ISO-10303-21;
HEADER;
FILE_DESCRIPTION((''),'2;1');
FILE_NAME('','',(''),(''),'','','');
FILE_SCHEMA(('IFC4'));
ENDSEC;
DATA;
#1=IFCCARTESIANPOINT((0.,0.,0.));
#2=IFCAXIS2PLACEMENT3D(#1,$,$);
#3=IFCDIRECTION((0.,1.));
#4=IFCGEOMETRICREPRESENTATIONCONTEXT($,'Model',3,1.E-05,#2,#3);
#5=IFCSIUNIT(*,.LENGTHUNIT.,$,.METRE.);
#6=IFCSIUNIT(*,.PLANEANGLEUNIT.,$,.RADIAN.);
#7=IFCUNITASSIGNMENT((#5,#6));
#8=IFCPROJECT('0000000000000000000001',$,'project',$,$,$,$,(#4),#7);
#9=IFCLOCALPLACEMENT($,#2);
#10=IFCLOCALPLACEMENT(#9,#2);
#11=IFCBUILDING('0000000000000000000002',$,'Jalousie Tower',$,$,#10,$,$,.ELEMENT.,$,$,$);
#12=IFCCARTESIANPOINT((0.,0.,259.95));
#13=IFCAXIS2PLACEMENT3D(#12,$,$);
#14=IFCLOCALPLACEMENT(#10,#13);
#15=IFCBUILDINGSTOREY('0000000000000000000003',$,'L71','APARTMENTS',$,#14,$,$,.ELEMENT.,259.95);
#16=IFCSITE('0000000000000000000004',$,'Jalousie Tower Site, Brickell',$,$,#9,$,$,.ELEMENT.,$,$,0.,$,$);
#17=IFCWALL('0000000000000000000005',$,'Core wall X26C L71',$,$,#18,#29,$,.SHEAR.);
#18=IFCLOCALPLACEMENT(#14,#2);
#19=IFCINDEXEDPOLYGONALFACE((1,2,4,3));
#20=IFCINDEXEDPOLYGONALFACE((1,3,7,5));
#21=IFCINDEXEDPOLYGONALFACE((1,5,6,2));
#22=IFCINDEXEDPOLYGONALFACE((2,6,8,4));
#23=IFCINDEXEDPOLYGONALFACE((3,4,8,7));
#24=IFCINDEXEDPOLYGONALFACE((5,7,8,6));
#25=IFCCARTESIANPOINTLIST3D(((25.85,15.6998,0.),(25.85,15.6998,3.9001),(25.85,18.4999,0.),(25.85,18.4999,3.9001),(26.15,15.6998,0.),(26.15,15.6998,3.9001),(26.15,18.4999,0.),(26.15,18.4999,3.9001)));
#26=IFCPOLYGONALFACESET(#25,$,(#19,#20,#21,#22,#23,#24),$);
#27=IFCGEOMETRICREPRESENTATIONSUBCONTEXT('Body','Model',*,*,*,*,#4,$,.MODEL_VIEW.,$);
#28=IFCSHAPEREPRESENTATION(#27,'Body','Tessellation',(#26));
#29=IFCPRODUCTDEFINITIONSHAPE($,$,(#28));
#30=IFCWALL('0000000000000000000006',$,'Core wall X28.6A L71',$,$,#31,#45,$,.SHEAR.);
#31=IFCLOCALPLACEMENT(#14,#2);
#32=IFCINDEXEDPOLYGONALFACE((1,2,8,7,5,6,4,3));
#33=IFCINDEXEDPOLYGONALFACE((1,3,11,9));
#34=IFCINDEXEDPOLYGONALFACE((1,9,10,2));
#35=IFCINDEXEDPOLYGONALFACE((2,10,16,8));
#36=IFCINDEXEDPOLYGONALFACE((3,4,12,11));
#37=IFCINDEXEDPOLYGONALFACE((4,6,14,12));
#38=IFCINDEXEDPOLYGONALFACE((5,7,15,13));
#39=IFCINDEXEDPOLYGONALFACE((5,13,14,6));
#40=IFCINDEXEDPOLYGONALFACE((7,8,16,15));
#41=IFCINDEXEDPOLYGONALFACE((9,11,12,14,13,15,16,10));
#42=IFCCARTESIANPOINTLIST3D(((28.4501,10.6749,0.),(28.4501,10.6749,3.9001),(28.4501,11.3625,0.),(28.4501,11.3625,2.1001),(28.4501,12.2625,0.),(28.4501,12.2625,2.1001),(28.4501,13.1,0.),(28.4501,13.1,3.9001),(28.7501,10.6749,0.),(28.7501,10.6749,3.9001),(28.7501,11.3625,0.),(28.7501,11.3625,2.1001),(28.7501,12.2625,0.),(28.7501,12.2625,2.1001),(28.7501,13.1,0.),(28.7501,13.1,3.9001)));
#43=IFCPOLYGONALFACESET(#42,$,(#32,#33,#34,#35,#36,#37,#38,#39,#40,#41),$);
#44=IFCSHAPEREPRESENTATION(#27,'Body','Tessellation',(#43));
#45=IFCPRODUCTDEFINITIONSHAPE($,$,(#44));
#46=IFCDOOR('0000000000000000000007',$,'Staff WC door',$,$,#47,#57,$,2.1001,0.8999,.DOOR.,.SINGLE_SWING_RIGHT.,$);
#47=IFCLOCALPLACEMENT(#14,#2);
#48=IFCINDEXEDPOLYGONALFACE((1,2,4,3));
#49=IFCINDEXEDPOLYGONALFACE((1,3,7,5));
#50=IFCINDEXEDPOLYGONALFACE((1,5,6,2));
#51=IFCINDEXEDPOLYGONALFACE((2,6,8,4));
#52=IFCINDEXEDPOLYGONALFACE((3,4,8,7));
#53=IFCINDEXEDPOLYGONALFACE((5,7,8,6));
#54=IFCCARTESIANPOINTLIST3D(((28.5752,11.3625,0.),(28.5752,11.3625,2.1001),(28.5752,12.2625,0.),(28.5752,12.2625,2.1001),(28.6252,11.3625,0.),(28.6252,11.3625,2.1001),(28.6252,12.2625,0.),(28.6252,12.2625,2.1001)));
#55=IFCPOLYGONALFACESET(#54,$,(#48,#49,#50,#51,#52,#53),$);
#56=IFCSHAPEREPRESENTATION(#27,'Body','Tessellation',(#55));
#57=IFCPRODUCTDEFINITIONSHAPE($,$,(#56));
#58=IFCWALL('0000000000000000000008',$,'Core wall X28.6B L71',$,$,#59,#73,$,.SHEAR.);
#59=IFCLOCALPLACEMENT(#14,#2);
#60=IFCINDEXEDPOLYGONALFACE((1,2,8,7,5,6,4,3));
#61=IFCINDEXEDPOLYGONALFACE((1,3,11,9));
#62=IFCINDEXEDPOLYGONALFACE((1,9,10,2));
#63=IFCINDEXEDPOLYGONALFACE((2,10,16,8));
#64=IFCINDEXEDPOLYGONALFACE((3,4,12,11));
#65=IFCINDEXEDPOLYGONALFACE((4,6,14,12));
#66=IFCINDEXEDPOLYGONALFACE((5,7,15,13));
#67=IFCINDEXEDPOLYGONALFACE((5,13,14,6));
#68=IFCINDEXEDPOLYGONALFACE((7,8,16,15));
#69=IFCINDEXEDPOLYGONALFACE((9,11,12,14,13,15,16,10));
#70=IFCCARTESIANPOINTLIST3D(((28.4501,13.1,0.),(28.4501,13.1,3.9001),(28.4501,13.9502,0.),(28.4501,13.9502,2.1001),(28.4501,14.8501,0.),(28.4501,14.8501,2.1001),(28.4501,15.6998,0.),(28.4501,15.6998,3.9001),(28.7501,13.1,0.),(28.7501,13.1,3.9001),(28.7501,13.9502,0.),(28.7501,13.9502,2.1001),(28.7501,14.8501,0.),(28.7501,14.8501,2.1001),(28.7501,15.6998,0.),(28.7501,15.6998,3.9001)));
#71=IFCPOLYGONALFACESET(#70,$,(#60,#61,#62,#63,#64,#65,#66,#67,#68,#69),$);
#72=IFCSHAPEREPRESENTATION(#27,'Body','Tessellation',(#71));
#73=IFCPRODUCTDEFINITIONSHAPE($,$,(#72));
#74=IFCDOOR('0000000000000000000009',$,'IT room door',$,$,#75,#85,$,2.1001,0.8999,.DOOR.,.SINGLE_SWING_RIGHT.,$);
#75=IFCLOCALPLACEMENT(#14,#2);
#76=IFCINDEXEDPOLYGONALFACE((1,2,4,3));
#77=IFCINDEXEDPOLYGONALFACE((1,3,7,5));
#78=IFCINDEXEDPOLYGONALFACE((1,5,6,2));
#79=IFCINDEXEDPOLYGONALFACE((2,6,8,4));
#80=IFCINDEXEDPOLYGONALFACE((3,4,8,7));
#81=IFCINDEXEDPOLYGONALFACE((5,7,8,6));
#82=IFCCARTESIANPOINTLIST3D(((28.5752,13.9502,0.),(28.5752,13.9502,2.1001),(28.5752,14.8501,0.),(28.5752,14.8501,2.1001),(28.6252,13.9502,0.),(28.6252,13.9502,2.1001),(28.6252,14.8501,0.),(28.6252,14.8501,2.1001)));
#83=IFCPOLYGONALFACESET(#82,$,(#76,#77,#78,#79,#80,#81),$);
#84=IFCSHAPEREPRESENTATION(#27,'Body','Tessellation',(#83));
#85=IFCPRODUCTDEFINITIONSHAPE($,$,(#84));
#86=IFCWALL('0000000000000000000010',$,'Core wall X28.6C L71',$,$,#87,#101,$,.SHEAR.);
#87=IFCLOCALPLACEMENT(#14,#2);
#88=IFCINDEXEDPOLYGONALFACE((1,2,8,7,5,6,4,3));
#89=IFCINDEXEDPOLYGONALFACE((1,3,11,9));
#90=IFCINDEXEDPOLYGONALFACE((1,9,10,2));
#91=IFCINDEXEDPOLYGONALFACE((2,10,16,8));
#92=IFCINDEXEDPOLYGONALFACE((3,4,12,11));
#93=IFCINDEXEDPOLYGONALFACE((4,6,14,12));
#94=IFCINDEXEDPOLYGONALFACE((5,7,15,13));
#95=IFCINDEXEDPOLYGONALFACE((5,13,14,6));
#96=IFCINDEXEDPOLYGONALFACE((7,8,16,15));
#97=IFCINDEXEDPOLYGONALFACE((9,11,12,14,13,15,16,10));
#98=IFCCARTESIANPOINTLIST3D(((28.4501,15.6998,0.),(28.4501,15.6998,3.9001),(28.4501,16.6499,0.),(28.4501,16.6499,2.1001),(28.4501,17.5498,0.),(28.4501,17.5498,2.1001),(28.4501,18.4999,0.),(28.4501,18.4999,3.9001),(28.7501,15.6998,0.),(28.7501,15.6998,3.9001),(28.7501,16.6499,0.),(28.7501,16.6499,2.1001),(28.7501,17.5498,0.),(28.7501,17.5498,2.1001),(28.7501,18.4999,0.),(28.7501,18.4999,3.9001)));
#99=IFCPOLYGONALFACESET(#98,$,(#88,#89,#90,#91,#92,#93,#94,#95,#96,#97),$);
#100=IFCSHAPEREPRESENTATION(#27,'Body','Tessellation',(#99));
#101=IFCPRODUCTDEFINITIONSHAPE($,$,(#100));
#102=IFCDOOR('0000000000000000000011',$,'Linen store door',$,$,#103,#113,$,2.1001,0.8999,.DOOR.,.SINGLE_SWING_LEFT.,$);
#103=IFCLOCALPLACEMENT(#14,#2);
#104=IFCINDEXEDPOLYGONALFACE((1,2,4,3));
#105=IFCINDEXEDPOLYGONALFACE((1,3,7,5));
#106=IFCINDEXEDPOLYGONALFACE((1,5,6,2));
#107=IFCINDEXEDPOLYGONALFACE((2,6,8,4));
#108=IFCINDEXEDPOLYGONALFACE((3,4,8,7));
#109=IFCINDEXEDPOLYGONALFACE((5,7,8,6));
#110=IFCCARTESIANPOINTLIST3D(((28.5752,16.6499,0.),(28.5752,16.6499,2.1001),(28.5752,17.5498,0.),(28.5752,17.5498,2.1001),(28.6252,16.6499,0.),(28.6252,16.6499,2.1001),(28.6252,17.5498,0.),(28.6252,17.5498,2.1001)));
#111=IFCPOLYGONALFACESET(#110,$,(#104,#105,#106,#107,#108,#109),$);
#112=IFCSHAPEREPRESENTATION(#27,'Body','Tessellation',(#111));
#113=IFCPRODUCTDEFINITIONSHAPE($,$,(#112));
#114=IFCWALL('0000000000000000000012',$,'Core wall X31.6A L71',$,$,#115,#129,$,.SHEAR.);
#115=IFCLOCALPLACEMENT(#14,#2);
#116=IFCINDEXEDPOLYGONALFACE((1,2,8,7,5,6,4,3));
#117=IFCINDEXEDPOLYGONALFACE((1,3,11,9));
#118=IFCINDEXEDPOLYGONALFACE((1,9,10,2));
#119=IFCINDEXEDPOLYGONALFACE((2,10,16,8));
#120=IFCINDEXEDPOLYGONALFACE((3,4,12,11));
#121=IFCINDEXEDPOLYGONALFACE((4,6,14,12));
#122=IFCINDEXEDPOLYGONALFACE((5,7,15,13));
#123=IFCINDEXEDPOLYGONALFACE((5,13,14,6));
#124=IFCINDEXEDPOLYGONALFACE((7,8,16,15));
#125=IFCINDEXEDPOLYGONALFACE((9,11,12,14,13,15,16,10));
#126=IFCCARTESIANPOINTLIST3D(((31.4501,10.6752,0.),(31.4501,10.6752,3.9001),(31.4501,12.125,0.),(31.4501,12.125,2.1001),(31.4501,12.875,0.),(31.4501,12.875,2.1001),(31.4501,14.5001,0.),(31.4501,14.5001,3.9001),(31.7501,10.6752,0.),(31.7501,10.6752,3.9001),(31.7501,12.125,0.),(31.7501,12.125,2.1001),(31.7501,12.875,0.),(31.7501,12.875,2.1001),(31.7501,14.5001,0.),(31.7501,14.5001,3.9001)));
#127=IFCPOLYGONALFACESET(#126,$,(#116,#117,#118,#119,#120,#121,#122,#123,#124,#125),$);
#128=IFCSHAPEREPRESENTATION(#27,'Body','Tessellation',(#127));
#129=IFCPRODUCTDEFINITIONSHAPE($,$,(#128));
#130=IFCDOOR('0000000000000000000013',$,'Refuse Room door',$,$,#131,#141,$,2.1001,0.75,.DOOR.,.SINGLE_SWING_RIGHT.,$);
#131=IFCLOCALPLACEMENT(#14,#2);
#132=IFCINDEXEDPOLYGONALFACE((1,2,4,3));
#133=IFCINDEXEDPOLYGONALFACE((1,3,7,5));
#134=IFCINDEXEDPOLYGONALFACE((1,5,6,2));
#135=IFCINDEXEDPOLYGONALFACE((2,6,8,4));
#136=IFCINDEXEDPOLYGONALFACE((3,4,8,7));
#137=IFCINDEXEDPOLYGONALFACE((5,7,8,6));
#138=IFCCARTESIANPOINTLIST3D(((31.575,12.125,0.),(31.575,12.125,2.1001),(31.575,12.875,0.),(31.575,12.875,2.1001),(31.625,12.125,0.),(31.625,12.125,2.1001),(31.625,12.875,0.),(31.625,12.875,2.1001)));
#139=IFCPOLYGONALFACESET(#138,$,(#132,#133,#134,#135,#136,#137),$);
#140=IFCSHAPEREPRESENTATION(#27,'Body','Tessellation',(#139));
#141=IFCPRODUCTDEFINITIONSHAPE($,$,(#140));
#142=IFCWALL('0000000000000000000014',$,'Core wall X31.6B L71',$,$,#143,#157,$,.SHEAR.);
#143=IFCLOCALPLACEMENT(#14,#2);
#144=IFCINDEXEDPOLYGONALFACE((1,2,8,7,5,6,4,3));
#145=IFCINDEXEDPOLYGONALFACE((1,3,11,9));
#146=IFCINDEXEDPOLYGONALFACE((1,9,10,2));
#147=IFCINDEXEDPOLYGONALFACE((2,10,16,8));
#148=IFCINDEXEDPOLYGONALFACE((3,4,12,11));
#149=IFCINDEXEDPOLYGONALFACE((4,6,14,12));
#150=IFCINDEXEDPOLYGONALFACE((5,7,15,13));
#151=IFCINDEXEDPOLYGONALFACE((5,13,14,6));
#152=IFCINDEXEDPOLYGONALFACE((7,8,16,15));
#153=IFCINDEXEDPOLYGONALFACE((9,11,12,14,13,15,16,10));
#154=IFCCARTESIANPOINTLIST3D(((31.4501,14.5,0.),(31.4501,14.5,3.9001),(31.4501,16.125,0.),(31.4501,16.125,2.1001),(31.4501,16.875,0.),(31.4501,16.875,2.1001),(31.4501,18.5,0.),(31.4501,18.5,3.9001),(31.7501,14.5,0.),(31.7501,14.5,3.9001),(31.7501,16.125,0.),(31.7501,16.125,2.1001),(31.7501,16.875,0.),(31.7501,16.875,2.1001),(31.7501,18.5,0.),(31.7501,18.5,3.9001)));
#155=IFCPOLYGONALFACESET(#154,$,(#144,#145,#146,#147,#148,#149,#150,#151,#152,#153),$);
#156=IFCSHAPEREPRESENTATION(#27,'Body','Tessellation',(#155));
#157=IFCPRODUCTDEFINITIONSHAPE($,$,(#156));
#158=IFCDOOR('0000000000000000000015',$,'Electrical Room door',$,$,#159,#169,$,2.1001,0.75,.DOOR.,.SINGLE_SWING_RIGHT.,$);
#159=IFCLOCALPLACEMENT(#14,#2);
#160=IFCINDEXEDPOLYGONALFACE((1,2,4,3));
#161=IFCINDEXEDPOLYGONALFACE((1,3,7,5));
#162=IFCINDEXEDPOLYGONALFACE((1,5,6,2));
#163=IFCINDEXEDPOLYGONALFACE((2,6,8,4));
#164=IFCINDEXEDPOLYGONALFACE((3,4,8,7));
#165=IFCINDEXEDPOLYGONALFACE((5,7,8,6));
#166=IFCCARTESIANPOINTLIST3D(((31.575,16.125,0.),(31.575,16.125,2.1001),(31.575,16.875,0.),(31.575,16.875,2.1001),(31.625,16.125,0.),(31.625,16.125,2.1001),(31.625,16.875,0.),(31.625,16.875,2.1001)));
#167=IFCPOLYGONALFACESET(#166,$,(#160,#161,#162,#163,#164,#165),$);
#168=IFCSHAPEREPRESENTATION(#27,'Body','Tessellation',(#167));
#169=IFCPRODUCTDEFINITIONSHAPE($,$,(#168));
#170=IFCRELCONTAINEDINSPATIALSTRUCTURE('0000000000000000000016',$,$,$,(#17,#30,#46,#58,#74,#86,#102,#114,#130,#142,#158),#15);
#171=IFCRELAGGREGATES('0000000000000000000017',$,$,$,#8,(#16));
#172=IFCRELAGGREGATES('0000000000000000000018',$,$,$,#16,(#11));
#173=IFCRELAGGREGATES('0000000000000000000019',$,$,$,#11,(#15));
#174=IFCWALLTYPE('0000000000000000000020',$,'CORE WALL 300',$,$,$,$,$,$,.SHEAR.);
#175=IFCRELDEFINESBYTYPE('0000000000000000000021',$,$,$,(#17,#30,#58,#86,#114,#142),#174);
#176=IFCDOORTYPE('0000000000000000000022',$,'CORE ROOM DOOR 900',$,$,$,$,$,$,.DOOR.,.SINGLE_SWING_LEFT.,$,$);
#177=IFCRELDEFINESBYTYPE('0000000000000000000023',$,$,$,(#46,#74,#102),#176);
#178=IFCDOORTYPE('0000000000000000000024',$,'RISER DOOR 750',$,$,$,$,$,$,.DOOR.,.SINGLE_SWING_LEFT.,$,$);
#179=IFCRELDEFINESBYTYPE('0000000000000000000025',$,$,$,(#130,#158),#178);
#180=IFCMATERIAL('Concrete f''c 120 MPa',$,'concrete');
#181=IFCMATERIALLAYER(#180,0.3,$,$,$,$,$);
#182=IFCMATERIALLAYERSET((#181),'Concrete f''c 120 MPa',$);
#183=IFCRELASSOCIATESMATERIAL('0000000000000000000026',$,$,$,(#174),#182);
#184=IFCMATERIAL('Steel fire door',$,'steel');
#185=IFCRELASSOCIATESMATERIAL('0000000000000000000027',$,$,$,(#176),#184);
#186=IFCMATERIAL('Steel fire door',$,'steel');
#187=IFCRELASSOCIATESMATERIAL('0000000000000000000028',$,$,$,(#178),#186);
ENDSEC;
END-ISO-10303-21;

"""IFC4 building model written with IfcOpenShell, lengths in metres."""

from ifc_helpers import new_model, si_unit, direction, frame, frame_2d, origin, place, context, subcontext, project, spatial, rectangle, extrude, material, layer, layer_set, type_object, element, fill, save


model = new_model("IFC4")

# Units and contexts
model_context = context("Model", 3, precision=1e-05, world=origin(), true_north=direction((0.0, 1.0)))
body_context = subcontext(model_context, "Body", "Model", "MODEL_VIEW")
ifc_project = project(units=[si_unit("LENGTHUNIT", "METRE"), si_unit("PLANEANGLEUNIT", "RADIAN")], contexts=[model_context])

# Site, building, storey
site_placement = place(None, origin())
site = spatial("IfcSite", under=ifc_project, at=site_placement, Name="Jalousie Tower Site, Brickell", CompositionType="ELEMENT", RefElevation=0.0)
building_placement = place(site_placement, origin())
building = spatial("IfcBuilding", under=site, at=building_placement, Name="Jalousie Tower", CompositionType="ELEMENT")
storey_placement = place(building_placement, frame((0.0, 0.0, 259.95)))
storey = spatial("IfcBuildingStorey", under=building, at=storey_placement, Name="L71", Description="APARTMENTS", CompositionType="ELEMENT", Elevation=259.95)

# Wall
ifc_material_1 = material(Name="Concrete f'c 120 MPa", Category="concrete")
ifc_layer_1 = layer(ifc_material_1, 0.3)
ifc_layer_set_1 = layer_set([ifc_layer_1], Name="Concrete f'c 120 MPa")
wall_type_1 = type_object("IfcWallType", Name="CORE WALL 300", PredefinedType="SHEAR", material=ifc_layer_set_1)
wall_1_placement = place(storey_placement, frame((26.0, 15.7, 0.0), z_axis=(0.0, 0.0, 1.0), x_axis=(0.0, 1.0, 0.0)))
element("IfcWall", 1, at=wall_1_placement, inside=storey, type_object=wall_type_1, Name="Core wall X26C L71", PredefinedType="SHEAR", context=body_context, shape_type="SweptSolid", body=[
    extrude(rectangle(XDim=2.8, YDim=0.3, at=frame_2d((1.3999, 0.0))), origin(), (0.0, 0.0, 1.0), 3.9001),
])

# Walls, openings, doors
wall_2_placement = place(storey_placement, frame((28.6001, 10.675, 0.0), z_axis=(0.0, 0.0, 1.0), x_axis=(0.0, 1.0, 0.0)))
wall_2 = element("IfcWall", 2, at=wall_2_placement, inside=storey, type_object=wall_type_1, Name="Core wall X28.6A L71", PredefinedType="SHEAR", context=body_context, shape_type="SweptSolid", body=[
    extrude(rectangle(XDim=2.425, YDim=0.3, at=frame_2d((1.2124, 0.0))), origin(), (0.0, 0.0, 1.0), 3.9001),
])
opening_1_placement = place(wall_2_placement, frame((0.6875, 0.0, 0.0)))
opening_1 = element("IfcOpeningElement", 3, at=opening_1_placement, cuts=wall_2, PredefinedType="OPENING", context=body_context, shape_type="SweptSolid", body=[
    extrude(rectangle(XDim=0.8999, YDim=2.1001, at=frame_2d((0.45, 1.05))), frame((0.0, 0.1599, 0.0), z_axis=(0.0, -1.0, 0.0), x_axis=(1.0, 0.0, 0.0)), (0.0, 0.0, 1.0), 0.3201),
])
ifc_material_2 = material(Name="Steel fire door", Category="steel")
door_type_1 = type_object("IfcDoorType", Name="CORE ROOM DOOR 900", OperationType="SINGLE_SWING_LEFT", PredefinedType="DOOR", material=ifc_material_2)
door_1_placement = place(opening_1_placement, origin())
door_1 = element("IfcDoor", 4, at=door_1_placement, inside=storey, type_object=door_type_1, Name="Staff WC door", OperationType="SINGLE_SWING_RIGHT", OverallHeight=2.1001, OverallWidth=0.8999, PredefinedType="DOOR", context=body_context, shape_type="SweptSolid", body=[
    extrude(rectangle(XDim=0.8999, YDim=2.1001, at=frame_2d((0.45, 1.05))), frame((0.0, 0.0249, 0.0), z_axis=(0.0, -1.0, 0.0), x_axis=(1.0, 0.0, 0.0)), (0.0, 0.0, 1.0), 0.05),
])
fill(opening_1, door_1)
wall_3_placement = place(storey_placement, frame((28.6001, 13.1001, 0.0), z_axis=(0.0, 0.0, 1.0), x_axis=(0.0, 1.0, 0.0)))
wall_3 = element("IfcWall", 5, at=wall_3_placement, inside=storey, type_object=wall_type_1, Name="Core wall X28.6B L71", PredefinedType="SHEAR", context=body_context, shape_type="SweptSolid", body=[
    extrude(rectangle(XDim=2.5999, YDim=0.3, at=frame_2d((1.2998, 0.0))), origin(), (0.0, 0.0, 1.0), 3.9001),
])
opening_2_placement = place(wall_3_placement, frame((0.8501, 0.0, 0.0)))
opening_2 = element("IfcOpeningElement", 6, at=opening_2_placement, cuts=wall_3, PredefinedType="OPENING", context=body_context, shape_type="SweptSolid", body=[
    extrude(rectangle(XDim=0.8999, YDim=2.1001, at=frame_2d((0.45, 1.05))), frame((0.0, 0.1599, 0.0), z_axis=(0.0, -1.0, 0.0), x_axis=(1.0, 0.0, 0.0)), (0.0, 0.0, 1.0), 0.3201),
])
door_2_placement = place(opening_2_placement, origin())
door_2 = element("IfcDoor", 7, at=door_2_placement, inside=storey, type_object=door_type_1, Name="IT room door", OperationType="SINGLE_SWING_RIGHT", OverallHeight=2.1001, OverallWidth=0.8999, PredefinedType="DOOR", context=body_context, shape_type="SweptSolid", body=[
    extrude(rectangle(XDim=0.8999, YDim=2.1001, at=frame_2d((0.45, 1.05))), frame((0.0, 0.0249, 0.0), z_axis=(0.0, -1.0, 0.0), x_axis=(1.0, 0.0, 0.0)), (0.0, 0.0, 1.0), 0.05),
])
fill(opening_2, door_2)
wall_4_placement = place(storey_placement, frame((28.6001, 15.7, 0.0), z_axis=(0.0, 0.0, 1.0), x_axis=(0.0, 1.0, 0.0)))
wall_4 = element("IfcWall", 8, at=wall_4_placement, inside=storey, type_object=wall_type_1, Name="Core wall X28.6C L71", PredefinedType="SHEAR", context=body_context, shape_type="SweptSolid", body=[
    extrude(rectangle(XDim=2.8, YDim=0.3, at=frame_2d((1.3999, 0.0))), origin(), (0.0, 0.0, 1.0), 3.9001),
])
opening_3_placement = place(wall_4_placement, frame((0.95, 0.0, 0.0)))
opening_3 = element("IfcOpeningElement", 9, at=opening_3_placement, cuts=wall_4, PredefinedType="OPENING", context=body_context, shape_type="SweptSolid", body=[
    extrude(rectangle(XDim=0.8999, YDim=2.1001, at=frame_2d((0.45, 1.05))), frame((0.0, 0.1599, 0.0), z_axis=(0.0, -1.0, 0.0), x_axis=(1.0, 0.0, 0.0)), (0.0, 0.0, 1.0), 0.3201),
])
door_3_placement = place(opening_3_placement, origin())
door_3 = element("IfcDoor", 10, at=door_3_placement, inside=storey, type_object=door_type_1, Name="Linen store door", OperationType="SINGLE_SWING_LEFT", OverallHeight=2.1001, OverallWidth=0.8999, PredefinedType="DOOR", context=body_context, shape_type="SweptSolid", body=[
    extrude(rectangle(XDim=0.8999, YDim=2.1001, at=frame_2d((0.45, 1.05))), frame((0.0, 0.0249, 0.0), z_axis=(0.0, -1.0, 0.0), x_axis=(1.0, 0.0, 0.0)), (0.0, 0.0, 1.0), 0.05),
])
fill(opening_3, door_3)
wall_5_placement = place(storey_placement, frame((31.6001, 10.675, 0.0), z_axis=(0.0, 0.0, 1.0), x_axis=(0.0, 1.0, 0.0)))
wall_5 = element("IfcWall", 11, at=wall_5_placement, inside=storey, type_object=wall_type_1, Name="Core wall X31.6A L71", PredefinedType="SHEAR", context=body_context, shape_type="SweptSolid", body=[
    extrude(rectangle(XDim=3.825, YDim=0.3, at=frame_2d((1.9126, 0.0))), origin(), (0.0, 0.0, 1.0), 3.9001),
])
opening_4_placement = place(wall_5_placement, frame((1.45, 0.0, 0.0)))
opening_4 = element("IfcOpeningElement", 12, at=opening_4_placement, cuts=wall_5, PredefinedType="OPENING", context=body_context, shape_type="SweptSolid", body=[
    extrude(rectangle(XDim=0.75, YDim=2.1001, at=frame_2d((0.375, 1.05))), frame((0.0, 0.1599, 0.0), z_axis=(0.0, -1.0, 0.0), x_axis=(1.0, 0.0, 0.0)), (0.0, 0.0, 1.0), 0.3201),
])
ifc_material_3 = material(Name="Steel fire door", Category="steel")
door_type_2 = type_object("IfcDoorType", Name="RISER DOOR 750", OperationType="SINGLE_SWING_LEFT", PredefinedType="DOOR", material=ifc_material_3)
door_4_placement = place(opening_4_placement, frame((0.75, 0.0, 0.0), z_axis=(0.0, 0.0, 1.0), x_axis=(-1.0, 0.0, 0.0)))
door_4 = element("IfcDoor", 13, at=door_4_placement, inside=storey, type_object=door_type_2, Name="Refuse Room door", OperationType="SINGLE_SWING_RIGHT", OverallHeight=2.1001, OverallWidth=0.75, PredefinedType="DOOR", context=body_context, shape_type="SweptSolid", body=[
    extrude(rectangle(XDim=0.75, YDim=2.1001, at=frame_2d((0.375, 1.05))), frame((0.0, 0.0249, 0.0), z_axis=(0.0, -1.0, 0.0), x_axis=(1.0, 0.0, 0.0)), (0.0, 0.0, 1.0), 0.05),
])
fill(opening_4, door_4)
wall_6_placement = place(storey_placement, frame((31.6001, 14.5, 0.0), z_axis=(0.0, 0.0, 1.0), x_axis=(0.0, 1.0, 0.0)))
wall_6 = element("IfcWall", 14, at=wall_6_placement, inside=storey, type_object=wall_type_1, Name="Core wall X31.6B L71", PredefinedType="SHEAR", context=body_context, shape_type="SweptSolid", body=[
    extrude(rectangle(XDim=4.0, YDim=0.3, at=frame_2d((2.0, 0.0))), origin(), (0.0, 0.0, 1.0), 3.9001),
])
opening_5_placement = place(wall_6_placement, frame((1.625, 0.0, 0.0)))
opening_5 = element("IfcOpeningElement", 15, at=opening_5_placement, cuts=wall_6, PredefinedType="OPENING", context=body_context, shape_type="SweptSolid", body=[
    extrude(rectangle(XDim=0.75, YDim=2.1001, at=frame_2d((0.375, 1.05))), frame((0.0, 0.1599, 0.0), z_axis=(0.0, -1.0, 0.0), x_axis=(1.0, 0.0, 0.0)), (0.0, 0.0, 1.0), 0.3201),
])
door_5_placement = place(opening_5_placement, frame((0.75, 0.0, 0.0), z_axis=(0.0, 0.0, 1.0), x_axis=(-1.0, 0.0, 0.0)))
door_5 = element("IfcDoor", 16, at=door_5_placement, inside=storey, type_object=door_type_2, Name="Electrical Room door", OperationType="SINGLE_SWING_RIGHT", OverallHeight=2.1001, OverallWidth=0.75, PredefinedType="DOOR", context=body_context, shape_type="SweptSolid", body=[
    extrude(rectangle(XDim=0.75, YDim=2.1001, at=frame_2d((0.375, 1.05))), frame((0.0, 0.0249, 0.0), z_axis=(0.0, -1.0, 0.0), x_axis=(1.0, 0.0, 0.0)), (0.0, 0.0, 1.0), 0.05),
])
fill(opening_5, door_5)

save(model, "model.ifc")
